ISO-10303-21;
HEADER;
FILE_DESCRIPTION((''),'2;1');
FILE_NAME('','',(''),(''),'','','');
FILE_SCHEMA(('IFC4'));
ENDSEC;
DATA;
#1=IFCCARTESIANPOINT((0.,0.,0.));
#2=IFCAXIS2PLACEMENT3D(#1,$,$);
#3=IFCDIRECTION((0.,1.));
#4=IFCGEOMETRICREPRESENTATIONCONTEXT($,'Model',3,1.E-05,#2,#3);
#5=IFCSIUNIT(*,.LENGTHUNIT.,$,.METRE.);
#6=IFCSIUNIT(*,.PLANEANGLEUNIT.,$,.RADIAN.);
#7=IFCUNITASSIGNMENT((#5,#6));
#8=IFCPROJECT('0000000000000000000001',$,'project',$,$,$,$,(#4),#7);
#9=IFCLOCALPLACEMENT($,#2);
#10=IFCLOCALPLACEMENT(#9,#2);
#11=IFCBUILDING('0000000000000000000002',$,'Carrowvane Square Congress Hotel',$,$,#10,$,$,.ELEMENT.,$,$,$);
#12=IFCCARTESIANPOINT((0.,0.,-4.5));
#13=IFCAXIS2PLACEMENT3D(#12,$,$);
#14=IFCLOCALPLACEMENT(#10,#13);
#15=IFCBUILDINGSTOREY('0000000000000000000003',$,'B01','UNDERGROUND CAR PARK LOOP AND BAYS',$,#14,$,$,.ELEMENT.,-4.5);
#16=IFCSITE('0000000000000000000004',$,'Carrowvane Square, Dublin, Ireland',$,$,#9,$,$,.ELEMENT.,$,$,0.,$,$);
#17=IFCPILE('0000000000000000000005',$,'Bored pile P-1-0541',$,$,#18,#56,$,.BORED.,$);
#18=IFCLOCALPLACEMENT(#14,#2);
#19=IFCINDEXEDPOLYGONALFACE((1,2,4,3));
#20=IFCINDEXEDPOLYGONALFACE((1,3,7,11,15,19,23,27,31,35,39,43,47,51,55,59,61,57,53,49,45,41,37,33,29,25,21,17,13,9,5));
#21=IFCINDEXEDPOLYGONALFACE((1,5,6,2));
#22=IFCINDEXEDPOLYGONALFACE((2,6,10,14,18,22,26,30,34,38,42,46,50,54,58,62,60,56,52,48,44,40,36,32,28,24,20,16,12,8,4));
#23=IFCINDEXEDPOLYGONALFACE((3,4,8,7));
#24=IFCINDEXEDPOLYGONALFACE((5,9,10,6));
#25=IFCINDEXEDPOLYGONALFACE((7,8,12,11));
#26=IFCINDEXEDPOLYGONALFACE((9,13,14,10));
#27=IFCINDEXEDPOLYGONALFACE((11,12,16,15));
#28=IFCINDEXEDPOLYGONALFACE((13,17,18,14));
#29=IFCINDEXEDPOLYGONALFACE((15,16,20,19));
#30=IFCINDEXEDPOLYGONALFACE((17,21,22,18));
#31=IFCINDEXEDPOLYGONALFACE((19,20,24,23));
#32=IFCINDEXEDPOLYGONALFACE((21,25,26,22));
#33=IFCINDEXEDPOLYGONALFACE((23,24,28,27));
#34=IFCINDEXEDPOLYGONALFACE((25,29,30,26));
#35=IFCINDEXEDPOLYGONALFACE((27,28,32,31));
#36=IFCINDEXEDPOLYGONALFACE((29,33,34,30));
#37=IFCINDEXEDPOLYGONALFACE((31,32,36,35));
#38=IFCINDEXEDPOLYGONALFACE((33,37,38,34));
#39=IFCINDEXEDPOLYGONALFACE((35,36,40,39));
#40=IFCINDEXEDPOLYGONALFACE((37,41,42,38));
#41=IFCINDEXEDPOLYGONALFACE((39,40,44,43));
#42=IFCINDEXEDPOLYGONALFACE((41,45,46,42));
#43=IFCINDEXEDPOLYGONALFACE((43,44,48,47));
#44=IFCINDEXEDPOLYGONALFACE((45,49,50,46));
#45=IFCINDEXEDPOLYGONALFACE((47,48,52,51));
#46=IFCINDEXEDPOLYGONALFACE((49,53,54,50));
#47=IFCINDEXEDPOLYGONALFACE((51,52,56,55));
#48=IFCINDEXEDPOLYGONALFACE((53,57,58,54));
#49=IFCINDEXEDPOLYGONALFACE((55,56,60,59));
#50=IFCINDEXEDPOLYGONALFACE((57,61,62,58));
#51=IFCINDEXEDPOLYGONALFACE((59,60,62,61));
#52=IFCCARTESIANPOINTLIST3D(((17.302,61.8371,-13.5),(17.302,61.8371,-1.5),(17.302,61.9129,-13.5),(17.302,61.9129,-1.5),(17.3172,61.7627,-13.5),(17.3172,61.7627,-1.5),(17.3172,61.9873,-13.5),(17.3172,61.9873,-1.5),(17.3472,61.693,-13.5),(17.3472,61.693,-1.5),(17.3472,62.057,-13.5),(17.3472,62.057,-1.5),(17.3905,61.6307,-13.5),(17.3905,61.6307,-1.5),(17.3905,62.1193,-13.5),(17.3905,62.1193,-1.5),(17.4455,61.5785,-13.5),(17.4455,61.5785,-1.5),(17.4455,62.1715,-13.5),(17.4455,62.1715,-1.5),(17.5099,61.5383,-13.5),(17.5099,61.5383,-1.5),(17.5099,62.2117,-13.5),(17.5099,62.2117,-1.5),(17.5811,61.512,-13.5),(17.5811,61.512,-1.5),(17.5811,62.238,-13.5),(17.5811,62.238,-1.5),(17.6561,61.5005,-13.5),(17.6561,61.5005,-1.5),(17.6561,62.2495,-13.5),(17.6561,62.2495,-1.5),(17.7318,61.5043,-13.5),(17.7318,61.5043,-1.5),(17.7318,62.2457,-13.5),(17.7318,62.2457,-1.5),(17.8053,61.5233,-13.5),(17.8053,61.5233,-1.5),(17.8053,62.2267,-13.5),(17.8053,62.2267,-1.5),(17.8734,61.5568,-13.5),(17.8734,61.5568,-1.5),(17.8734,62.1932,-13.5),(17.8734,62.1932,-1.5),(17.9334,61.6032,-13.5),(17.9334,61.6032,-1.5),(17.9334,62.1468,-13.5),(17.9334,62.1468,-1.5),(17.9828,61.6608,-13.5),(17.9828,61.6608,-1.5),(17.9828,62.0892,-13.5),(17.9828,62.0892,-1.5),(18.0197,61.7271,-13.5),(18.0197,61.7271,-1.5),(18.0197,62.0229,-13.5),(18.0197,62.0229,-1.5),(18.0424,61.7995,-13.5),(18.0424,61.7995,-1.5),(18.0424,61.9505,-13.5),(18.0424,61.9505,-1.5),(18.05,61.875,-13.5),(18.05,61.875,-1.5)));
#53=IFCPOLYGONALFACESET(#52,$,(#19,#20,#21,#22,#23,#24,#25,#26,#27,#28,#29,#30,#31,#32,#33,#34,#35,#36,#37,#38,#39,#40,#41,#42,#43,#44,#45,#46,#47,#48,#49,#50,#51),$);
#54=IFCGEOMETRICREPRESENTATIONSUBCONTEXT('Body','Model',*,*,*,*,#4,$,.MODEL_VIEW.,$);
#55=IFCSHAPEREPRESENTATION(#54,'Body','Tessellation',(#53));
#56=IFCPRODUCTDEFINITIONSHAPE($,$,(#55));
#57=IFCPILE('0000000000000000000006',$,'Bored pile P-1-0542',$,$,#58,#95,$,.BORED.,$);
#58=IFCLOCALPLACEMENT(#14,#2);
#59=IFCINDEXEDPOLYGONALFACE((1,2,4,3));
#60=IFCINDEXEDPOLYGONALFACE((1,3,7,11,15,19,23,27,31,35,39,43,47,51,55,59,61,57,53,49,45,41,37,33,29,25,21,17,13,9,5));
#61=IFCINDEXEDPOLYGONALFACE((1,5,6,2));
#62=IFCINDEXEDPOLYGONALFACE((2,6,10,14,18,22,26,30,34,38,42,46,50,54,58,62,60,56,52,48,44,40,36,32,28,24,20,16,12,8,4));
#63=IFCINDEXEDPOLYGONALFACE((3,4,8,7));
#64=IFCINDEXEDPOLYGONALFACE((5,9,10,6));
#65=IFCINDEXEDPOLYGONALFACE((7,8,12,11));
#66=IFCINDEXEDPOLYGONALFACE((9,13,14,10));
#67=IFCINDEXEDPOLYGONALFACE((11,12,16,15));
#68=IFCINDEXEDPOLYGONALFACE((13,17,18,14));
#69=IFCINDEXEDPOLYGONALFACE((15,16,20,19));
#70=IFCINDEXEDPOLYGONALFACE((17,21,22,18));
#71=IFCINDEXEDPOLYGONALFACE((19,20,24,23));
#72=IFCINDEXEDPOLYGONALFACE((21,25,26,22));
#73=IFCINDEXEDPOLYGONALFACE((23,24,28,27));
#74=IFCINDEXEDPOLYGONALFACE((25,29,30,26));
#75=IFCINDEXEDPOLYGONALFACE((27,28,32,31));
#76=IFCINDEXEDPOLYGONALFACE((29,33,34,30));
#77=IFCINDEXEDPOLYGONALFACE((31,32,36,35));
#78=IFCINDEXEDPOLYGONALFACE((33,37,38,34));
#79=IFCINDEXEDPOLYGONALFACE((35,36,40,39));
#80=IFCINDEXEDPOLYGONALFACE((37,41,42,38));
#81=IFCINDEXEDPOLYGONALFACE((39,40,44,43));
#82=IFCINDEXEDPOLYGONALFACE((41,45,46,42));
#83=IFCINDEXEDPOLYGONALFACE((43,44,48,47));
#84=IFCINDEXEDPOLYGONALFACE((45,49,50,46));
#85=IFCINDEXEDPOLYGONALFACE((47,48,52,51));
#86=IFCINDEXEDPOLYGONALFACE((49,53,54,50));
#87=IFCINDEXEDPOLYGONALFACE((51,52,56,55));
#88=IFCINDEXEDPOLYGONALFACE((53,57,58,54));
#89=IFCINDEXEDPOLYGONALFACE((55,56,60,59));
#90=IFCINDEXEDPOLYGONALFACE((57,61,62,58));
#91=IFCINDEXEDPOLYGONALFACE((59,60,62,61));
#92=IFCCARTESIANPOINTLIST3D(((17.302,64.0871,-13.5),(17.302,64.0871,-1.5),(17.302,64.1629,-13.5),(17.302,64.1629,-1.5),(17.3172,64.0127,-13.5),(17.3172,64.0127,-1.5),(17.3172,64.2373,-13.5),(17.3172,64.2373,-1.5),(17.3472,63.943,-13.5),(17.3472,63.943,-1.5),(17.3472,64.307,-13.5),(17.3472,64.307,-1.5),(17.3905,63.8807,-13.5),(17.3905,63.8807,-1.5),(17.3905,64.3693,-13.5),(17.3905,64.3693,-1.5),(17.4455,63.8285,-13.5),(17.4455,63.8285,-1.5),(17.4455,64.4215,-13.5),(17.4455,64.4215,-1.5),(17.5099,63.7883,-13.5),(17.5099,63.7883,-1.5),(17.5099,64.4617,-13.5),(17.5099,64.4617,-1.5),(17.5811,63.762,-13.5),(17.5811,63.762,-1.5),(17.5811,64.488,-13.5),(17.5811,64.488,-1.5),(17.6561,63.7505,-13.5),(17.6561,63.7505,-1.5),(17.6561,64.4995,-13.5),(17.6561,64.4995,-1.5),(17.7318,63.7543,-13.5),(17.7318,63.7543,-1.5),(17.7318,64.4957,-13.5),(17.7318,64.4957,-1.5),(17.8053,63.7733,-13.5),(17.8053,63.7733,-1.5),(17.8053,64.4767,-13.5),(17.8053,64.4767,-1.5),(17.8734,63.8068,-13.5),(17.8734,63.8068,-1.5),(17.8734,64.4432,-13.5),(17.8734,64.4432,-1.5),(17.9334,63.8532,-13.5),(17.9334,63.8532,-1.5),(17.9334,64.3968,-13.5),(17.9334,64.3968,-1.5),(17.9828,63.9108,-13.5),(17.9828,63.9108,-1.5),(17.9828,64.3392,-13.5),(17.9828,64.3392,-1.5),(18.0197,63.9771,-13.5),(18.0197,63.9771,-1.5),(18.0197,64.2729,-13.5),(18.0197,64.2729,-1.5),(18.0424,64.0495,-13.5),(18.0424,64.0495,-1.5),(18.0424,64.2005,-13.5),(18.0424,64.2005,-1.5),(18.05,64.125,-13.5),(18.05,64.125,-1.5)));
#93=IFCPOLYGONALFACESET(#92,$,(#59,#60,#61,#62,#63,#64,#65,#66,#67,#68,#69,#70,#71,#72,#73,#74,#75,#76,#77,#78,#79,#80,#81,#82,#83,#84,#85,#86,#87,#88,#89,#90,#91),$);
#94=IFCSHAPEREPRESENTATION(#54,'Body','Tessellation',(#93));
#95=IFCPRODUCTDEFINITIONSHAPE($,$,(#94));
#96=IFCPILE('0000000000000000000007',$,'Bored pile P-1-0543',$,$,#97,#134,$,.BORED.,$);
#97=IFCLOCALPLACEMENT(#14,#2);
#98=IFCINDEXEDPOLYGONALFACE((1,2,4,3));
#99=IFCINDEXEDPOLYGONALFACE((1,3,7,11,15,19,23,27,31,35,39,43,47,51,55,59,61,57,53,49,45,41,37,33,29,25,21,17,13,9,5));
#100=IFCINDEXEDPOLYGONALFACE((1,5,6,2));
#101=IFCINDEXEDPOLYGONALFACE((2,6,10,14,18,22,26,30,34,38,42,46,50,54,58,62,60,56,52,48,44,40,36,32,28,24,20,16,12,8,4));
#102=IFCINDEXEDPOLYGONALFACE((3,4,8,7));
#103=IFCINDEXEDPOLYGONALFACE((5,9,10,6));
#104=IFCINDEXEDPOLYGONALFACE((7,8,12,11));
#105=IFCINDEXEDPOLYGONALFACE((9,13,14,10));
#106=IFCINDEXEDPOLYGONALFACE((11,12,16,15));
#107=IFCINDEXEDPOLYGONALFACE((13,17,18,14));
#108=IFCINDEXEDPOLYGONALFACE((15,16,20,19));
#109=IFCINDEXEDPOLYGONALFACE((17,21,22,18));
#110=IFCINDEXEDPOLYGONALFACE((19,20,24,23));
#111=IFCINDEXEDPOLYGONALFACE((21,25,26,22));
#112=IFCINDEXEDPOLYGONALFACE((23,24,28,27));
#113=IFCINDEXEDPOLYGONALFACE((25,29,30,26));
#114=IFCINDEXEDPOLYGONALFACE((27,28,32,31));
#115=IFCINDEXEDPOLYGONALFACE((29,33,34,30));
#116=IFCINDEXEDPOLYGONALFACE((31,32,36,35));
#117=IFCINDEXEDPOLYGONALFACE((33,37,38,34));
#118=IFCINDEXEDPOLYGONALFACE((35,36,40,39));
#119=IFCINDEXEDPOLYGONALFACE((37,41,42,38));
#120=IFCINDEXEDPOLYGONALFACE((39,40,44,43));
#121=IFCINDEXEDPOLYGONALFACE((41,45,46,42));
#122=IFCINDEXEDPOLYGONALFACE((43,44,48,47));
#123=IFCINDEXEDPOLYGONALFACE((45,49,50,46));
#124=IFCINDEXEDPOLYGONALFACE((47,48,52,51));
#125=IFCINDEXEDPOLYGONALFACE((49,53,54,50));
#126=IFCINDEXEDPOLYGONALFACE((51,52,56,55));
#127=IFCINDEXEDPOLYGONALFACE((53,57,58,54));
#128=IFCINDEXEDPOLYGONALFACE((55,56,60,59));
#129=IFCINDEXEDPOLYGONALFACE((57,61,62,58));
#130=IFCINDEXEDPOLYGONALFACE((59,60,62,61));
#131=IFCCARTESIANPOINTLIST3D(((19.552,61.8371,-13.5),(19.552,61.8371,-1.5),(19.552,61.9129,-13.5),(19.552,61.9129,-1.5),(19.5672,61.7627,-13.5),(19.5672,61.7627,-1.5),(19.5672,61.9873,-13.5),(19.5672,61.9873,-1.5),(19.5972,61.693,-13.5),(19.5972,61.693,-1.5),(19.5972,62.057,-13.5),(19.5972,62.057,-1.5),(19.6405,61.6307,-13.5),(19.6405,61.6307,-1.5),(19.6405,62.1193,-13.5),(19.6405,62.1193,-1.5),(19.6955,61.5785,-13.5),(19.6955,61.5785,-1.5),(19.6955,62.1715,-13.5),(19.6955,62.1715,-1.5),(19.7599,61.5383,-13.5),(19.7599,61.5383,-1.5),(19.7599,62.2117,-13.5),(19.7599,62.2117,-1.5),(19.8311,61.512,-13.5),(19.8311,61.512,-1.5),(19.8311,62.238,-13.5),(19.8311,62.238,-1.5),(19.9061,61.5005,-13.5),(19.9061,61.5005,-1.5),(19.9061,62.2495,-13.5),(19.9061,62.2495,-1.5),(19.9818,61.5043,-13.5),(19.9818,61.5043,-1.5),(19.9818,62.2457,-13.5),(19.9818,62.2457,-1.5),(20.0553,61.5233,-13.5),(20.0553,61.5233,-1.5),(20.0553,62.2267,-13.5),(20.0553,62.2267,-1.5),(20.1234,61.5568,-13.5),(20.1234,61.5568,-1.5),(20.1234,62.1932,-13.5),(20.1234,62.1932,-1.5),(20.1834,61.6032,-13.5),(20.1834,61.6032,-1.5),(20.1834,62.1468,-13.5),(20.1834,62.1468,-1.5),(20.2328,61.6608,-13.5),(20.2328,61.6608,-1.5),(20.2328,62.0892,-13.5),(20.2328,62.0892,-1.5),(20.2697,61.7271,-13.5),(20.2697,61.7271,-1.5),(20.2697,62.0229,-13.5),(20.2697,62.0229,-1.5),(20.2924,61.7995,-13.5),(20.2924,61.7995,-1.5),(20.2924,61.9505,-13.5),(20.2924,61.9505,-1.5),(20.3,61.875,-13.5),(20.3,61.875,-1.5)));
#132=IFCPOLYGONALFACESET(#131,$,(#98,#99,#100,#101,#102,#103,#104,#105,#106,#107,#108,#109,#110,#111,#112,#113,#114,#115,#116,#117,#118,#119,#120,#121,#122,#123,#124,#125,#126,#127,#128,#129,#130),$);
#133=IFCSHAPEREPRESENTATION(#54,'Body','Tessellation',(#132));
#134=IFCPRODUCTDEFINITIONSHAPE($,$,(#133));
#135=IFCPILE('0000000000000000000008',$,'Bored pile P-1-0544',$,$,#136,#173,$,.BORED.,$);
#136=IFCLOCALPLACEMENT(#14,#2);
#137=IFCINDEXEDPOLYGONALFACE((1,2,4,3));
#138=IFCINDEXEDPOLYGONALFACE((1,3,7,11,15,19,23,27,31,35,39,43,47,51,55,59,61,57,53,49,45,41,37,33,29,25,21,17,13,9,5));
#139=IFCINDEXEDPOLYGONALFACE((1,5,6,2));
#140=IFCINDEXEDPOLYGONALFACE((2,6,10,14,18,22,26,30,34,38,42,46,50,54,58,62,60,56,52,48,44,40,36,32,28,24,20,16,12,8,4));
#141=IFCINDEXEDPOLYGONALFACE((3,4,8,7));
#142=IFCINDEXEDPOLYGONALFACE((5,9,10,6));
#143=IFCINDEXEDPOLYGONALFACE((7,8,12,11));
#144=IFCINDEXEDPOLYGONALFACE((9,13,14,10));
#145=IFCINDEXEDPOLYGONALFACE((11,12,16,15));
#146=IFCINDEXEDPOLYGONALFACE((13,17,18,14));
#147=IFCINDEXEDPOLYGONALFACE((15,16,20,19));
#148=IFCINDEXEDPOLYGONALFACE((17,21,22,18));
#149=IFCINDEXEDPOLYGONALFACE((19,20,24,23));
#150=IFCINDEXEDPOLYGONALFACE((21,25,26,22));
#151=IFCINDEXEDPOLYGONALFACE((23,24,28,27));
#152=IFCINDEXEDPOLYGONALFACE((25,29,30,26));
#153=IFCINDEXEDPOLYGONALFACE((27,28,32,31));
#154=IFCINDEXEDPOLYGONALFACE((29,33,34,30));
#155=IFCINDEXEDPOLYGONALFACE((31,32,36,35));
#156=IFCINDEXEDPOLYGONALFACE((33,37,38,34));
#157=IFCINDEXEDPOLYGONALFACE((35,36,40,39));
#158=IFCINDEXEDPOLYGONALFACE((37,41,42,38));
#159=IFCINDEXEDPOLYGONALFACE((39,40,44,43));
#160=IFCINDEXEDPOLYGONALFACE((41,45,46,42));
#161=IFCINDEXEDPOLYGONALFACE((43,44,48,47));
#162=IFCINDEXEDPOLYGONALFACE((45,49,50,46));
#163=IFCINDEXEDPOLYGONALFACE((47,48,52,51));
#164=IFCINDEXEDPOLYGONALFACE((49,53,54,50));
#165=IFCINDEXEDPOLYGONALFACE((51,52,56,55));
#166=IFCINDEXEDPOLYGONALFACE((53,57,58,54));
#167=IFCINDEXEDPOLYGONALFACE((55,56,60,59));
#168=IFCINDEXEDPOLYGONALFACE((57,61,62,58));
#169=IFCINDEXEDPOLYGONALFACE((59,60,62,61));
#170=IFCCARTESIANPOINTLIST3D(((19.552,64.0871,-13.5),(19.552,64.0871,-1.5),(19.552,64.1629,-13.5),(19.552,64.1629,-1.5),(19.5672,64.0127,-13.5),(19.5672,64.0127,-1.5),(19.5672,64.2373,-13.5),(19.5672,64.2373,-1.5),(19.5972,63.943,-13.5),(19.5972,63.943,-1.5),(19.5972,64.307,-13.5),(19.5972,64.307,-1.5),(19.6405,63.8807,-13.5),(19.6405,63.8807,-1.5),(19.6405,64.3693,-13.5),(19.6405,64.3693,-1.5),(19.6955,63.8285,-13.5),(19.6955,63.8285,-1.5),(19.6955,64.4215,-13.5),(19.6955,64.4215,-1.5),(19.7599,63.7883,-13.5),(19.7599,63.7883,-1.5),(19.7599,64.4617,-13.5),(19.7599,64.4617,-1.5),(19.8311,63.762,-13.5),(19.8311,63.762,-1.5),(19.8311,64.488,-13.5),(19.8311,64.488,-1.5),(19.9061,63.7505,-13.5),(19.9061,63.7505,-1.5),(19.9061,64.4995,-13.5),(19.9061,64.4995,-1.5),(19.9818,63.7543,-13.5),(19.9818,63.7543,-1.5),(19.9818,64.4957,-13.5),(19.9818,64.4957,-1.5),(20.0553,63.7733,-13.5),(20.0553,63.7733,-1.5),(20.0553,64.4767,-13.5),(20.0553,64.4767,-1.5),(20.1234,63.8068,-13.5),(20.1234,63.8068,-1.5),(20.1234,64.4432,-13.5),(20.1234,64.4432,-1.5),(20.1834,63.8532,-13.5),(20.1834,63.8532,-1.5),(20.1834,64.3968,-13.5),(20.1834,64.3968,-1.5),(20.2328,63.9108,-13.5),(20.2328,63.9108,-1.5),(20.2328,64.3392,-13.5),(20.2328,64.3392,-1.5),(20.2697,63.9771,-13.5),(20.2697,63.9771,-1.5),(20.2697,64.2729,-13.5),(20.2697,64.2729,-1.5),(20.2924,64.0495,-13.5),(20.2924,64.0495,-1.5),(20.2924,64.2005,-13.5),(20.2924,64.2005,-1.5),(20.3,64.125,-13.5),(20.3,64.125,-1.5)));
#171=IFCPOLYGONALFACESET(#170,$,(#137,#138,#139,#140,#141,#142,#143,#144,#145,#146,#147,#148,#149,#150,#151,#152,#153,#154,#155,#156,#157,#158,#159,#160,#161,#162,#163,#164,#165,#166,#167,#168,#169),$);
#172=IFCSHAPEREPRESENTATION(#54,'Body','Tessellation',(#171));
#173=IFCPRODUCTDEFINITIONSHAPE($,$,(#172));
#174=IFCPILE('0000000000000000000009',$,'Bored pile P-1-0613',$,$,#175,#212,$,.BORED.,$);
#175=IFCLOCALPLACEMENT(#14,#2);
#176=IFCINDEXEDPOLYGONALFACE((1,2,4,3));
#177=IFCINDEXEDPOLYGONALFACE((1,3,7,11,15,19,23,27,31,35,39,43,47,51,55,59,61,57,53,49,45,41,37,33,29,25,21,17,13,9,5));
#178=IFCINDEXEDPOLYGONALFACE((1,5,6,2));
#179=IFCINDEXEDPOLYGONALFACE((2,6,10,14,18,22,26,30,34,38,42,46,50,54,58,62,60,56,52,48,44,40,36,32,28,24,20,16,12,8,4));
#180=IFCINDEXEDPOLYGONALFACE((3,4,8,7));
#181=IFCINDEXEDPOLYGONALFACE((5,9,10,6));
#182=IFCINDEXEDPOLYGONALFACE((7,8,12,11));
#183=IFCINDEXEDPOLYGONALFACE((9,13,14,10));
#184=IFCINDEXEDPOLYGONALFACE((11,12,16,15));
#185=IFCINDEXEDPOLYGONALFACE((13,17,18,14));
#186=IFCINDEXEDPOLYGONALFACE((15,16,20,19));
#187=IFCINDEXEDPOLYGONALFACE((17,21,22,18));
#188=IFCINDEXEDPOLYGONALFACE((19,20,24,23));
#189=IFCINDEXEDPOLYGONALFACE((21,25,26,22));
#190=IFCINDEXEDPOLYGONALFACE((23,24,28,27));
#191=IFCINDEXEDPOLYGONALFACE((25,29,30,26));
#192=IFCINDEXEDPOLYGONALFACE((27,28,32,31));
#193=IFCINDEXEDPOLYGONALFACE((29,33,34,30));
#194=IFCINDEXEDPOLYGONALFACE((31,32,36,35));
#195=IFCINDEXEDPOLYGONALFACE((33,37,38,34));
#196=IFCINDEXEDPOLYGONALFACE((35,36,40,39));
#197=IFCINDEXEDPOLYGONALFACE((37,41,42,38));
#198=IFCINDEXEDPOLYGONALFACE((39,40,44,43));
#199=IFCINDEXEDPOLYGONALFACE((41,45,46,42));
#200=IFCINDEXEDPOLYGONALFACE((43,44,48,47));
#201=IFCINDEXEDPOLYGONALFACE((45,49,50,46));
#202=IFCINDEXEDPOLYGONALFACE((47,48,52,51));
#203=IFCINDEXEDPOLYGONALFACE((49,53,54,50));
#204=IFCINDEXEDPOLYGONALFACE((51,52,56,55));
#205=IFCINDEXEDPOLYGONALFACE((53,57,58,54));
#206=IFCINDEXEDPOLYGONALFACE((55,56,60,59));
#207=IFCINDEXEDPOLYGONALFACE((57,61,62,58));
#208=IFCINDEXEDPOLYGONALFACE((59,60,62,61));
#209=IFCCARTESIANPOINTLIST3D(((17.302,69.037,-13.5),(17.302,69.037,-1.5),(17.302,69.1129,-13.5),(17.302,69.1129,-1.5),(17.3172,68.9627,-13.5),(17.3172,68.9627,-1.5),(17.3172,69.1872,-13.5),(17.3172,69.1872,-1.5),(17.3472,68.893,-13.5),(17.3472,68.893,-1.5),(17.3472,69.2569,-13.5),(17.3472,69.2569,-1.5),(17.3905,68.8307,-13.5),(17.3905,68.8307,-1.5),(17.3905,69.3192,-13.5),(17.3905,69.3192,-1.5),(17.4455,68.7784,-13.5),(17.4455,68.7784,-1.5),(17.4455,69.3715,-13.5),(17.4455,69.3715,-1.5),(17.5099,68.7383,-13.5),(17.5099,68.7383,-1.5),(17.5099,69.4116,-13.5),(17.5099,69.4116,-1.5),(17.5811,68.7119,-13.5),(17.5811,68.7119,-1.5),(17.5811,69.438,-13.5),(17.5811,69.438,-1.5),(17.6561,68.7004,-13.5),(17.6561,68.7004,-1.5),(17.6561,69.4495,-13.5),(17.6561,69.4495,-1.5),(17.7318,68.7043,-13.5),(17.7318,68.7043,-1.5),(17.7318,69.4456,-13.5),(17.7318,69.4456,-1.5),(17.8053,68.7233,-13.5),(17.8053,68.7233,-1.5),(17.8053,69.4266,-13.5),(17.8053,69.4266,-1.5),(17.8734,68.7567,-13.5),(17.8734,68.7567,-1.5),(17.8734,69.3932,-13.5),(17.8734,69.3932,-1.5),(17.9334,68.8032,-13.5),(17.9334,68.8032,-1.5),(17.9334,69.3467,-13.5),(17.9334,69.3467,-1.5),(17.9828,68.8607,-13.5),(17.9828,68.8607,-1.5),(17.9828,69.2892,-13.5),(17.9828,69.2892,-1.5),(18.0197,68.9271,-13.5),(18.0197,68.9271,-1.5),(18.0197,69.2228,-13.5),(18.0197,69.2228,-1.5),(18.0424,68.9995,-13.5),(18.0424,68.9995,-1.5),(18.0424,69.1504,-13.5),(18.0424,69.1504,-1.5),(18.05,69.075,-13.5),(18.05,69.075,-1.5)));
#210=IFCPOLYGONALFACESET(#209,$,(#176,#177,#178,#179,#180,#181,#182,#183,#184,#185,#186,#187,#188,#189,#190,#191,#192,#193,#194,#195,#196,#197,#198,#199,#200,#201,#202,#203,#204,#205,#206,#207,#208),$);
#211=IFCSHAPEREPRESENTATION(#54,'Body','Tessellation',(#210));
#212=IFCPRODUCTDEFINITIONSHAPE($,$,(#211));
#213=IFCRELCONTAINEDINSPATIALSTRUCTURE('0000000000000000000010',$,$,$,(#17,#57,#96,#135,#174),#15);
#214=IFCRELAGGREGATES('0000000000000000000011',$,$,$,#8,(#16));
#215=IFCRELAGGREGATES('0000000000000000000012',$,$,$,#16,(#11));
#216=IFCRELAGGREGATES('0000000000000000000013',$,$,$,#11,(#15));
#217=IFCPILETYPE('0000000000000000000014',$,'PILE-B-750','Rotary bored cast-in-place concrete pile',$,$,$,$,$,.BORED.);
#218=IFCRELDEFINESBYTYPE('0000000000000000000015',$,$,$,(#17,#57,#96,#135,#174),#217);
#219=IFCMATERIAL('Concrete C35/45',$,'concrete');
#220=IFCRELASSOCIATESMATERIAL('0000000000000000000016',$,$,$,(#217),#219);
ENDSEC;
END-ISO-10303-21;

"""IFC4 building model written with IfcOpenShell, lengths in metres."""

from ifc_helpers import new_model, si_unit, direction, frame, origin, origin_2d, place, context, subcontext, project, spatial, circle, extrude, material, material_profile, profile_set, type_object, element, save


model = new_model("IFC4")

# Units and contexts
model_context = context("Model", 3, precision=1e-05, world=origin(), true_north=direction((0.0, 1.0)))
body_context = subcontext(model_context, "Body", "Model", "MODEL_VIEW")
ifc_project = project(units=[si_unit("LENGTHUNIT", "METRE"), si_unit("PLANEANGLEUNIT", "RADIAN")], contexts=[model_context])

# Site, building, storey
site_placement = place(None, origin())
site = spatial("IfcSite", under=ifc_project, at=site_placement, Name="Carrowvane Square, Dublin, Ireland", CompositionType="ELEMENT", RefElevation=0.0)
building_placement = place(site_placement, origin())
building = spatial("IfcBuilding", under=site, at=building_placement, Name="Carrowvane Square Congress Hotel", CompositionType="ELEMENT")
storey_placement = place(building_placement, frame((0.0, 0.0, -4.5)))
storey = spatial("IfcBuildingStorey", under=building, at=storey_placement, Name="B01", Description="UNDERGROUND CAR PARK LOOP AND BAYS", CompositionType="ELEMENT", Elevation=-4.5)

# Piles
ifc_material_1 = material(Name="Concrete C35/45", Category="concrete")
ifc_material_profile_1 = material_profile(ifc_material_1, circle(Radius=0.375, at=origin_2d()), Name="PILE D750")
ifc_profile_set_1 = profile_set([ifc_material_profile_1], Name="Concrete C35/45")
pile_type = type_object("IfcPileType", Name="PILE-B-750", Description="Rotary bored cast-in-place concrete pile", PredefinedType="BORED", material=ifc_profile_set_1)
for number, where, z_axis, x_axis, name in (
    (1, (17.675, 61.875, -1.5), (0.0, 0.0, -1.0), (1.0, 0.0, 0.0), "Bored pile P-1-0541"),
    (2, (17.675, 64.125, -1.5), (0.0, 0.0, -1.0), (1.0, 0.0, 0.0), "Bored pile P-1-0542"),
    (3, (19.925, 61.875, -1.5), (0.0, 0.0, -1.0), (1.0, 0.0, 0.0), "Bored pile P-1-0543"),
    (4, (19.925, 64.125, -1.5), (0.0, 0.0, -1.0), (1.0, 0.0, 0.0), "Bored pile P-1-0544"),
    (5, (17.675, 69.075, -1.5), (0.0, 0.0, -1.0), (1.0, 0.0, 0.0), "Bored pile P-1-0613"),
):
    element("IfcPile", number, at=place(storey_placement, frame(where, z_axis=z_axis, x_axis=x_axis)), inside=storey, type_object=pile_type, Name=name, PredefinedType="BORED", context=body_context, shape_type="SweptSolid", body=[
        extrude(circle(Radius=0.375, at=origin_2d()), origin(), (0.0, 0.0, 1.0), 12.0),
    ])

save(model, "model.ifc")
